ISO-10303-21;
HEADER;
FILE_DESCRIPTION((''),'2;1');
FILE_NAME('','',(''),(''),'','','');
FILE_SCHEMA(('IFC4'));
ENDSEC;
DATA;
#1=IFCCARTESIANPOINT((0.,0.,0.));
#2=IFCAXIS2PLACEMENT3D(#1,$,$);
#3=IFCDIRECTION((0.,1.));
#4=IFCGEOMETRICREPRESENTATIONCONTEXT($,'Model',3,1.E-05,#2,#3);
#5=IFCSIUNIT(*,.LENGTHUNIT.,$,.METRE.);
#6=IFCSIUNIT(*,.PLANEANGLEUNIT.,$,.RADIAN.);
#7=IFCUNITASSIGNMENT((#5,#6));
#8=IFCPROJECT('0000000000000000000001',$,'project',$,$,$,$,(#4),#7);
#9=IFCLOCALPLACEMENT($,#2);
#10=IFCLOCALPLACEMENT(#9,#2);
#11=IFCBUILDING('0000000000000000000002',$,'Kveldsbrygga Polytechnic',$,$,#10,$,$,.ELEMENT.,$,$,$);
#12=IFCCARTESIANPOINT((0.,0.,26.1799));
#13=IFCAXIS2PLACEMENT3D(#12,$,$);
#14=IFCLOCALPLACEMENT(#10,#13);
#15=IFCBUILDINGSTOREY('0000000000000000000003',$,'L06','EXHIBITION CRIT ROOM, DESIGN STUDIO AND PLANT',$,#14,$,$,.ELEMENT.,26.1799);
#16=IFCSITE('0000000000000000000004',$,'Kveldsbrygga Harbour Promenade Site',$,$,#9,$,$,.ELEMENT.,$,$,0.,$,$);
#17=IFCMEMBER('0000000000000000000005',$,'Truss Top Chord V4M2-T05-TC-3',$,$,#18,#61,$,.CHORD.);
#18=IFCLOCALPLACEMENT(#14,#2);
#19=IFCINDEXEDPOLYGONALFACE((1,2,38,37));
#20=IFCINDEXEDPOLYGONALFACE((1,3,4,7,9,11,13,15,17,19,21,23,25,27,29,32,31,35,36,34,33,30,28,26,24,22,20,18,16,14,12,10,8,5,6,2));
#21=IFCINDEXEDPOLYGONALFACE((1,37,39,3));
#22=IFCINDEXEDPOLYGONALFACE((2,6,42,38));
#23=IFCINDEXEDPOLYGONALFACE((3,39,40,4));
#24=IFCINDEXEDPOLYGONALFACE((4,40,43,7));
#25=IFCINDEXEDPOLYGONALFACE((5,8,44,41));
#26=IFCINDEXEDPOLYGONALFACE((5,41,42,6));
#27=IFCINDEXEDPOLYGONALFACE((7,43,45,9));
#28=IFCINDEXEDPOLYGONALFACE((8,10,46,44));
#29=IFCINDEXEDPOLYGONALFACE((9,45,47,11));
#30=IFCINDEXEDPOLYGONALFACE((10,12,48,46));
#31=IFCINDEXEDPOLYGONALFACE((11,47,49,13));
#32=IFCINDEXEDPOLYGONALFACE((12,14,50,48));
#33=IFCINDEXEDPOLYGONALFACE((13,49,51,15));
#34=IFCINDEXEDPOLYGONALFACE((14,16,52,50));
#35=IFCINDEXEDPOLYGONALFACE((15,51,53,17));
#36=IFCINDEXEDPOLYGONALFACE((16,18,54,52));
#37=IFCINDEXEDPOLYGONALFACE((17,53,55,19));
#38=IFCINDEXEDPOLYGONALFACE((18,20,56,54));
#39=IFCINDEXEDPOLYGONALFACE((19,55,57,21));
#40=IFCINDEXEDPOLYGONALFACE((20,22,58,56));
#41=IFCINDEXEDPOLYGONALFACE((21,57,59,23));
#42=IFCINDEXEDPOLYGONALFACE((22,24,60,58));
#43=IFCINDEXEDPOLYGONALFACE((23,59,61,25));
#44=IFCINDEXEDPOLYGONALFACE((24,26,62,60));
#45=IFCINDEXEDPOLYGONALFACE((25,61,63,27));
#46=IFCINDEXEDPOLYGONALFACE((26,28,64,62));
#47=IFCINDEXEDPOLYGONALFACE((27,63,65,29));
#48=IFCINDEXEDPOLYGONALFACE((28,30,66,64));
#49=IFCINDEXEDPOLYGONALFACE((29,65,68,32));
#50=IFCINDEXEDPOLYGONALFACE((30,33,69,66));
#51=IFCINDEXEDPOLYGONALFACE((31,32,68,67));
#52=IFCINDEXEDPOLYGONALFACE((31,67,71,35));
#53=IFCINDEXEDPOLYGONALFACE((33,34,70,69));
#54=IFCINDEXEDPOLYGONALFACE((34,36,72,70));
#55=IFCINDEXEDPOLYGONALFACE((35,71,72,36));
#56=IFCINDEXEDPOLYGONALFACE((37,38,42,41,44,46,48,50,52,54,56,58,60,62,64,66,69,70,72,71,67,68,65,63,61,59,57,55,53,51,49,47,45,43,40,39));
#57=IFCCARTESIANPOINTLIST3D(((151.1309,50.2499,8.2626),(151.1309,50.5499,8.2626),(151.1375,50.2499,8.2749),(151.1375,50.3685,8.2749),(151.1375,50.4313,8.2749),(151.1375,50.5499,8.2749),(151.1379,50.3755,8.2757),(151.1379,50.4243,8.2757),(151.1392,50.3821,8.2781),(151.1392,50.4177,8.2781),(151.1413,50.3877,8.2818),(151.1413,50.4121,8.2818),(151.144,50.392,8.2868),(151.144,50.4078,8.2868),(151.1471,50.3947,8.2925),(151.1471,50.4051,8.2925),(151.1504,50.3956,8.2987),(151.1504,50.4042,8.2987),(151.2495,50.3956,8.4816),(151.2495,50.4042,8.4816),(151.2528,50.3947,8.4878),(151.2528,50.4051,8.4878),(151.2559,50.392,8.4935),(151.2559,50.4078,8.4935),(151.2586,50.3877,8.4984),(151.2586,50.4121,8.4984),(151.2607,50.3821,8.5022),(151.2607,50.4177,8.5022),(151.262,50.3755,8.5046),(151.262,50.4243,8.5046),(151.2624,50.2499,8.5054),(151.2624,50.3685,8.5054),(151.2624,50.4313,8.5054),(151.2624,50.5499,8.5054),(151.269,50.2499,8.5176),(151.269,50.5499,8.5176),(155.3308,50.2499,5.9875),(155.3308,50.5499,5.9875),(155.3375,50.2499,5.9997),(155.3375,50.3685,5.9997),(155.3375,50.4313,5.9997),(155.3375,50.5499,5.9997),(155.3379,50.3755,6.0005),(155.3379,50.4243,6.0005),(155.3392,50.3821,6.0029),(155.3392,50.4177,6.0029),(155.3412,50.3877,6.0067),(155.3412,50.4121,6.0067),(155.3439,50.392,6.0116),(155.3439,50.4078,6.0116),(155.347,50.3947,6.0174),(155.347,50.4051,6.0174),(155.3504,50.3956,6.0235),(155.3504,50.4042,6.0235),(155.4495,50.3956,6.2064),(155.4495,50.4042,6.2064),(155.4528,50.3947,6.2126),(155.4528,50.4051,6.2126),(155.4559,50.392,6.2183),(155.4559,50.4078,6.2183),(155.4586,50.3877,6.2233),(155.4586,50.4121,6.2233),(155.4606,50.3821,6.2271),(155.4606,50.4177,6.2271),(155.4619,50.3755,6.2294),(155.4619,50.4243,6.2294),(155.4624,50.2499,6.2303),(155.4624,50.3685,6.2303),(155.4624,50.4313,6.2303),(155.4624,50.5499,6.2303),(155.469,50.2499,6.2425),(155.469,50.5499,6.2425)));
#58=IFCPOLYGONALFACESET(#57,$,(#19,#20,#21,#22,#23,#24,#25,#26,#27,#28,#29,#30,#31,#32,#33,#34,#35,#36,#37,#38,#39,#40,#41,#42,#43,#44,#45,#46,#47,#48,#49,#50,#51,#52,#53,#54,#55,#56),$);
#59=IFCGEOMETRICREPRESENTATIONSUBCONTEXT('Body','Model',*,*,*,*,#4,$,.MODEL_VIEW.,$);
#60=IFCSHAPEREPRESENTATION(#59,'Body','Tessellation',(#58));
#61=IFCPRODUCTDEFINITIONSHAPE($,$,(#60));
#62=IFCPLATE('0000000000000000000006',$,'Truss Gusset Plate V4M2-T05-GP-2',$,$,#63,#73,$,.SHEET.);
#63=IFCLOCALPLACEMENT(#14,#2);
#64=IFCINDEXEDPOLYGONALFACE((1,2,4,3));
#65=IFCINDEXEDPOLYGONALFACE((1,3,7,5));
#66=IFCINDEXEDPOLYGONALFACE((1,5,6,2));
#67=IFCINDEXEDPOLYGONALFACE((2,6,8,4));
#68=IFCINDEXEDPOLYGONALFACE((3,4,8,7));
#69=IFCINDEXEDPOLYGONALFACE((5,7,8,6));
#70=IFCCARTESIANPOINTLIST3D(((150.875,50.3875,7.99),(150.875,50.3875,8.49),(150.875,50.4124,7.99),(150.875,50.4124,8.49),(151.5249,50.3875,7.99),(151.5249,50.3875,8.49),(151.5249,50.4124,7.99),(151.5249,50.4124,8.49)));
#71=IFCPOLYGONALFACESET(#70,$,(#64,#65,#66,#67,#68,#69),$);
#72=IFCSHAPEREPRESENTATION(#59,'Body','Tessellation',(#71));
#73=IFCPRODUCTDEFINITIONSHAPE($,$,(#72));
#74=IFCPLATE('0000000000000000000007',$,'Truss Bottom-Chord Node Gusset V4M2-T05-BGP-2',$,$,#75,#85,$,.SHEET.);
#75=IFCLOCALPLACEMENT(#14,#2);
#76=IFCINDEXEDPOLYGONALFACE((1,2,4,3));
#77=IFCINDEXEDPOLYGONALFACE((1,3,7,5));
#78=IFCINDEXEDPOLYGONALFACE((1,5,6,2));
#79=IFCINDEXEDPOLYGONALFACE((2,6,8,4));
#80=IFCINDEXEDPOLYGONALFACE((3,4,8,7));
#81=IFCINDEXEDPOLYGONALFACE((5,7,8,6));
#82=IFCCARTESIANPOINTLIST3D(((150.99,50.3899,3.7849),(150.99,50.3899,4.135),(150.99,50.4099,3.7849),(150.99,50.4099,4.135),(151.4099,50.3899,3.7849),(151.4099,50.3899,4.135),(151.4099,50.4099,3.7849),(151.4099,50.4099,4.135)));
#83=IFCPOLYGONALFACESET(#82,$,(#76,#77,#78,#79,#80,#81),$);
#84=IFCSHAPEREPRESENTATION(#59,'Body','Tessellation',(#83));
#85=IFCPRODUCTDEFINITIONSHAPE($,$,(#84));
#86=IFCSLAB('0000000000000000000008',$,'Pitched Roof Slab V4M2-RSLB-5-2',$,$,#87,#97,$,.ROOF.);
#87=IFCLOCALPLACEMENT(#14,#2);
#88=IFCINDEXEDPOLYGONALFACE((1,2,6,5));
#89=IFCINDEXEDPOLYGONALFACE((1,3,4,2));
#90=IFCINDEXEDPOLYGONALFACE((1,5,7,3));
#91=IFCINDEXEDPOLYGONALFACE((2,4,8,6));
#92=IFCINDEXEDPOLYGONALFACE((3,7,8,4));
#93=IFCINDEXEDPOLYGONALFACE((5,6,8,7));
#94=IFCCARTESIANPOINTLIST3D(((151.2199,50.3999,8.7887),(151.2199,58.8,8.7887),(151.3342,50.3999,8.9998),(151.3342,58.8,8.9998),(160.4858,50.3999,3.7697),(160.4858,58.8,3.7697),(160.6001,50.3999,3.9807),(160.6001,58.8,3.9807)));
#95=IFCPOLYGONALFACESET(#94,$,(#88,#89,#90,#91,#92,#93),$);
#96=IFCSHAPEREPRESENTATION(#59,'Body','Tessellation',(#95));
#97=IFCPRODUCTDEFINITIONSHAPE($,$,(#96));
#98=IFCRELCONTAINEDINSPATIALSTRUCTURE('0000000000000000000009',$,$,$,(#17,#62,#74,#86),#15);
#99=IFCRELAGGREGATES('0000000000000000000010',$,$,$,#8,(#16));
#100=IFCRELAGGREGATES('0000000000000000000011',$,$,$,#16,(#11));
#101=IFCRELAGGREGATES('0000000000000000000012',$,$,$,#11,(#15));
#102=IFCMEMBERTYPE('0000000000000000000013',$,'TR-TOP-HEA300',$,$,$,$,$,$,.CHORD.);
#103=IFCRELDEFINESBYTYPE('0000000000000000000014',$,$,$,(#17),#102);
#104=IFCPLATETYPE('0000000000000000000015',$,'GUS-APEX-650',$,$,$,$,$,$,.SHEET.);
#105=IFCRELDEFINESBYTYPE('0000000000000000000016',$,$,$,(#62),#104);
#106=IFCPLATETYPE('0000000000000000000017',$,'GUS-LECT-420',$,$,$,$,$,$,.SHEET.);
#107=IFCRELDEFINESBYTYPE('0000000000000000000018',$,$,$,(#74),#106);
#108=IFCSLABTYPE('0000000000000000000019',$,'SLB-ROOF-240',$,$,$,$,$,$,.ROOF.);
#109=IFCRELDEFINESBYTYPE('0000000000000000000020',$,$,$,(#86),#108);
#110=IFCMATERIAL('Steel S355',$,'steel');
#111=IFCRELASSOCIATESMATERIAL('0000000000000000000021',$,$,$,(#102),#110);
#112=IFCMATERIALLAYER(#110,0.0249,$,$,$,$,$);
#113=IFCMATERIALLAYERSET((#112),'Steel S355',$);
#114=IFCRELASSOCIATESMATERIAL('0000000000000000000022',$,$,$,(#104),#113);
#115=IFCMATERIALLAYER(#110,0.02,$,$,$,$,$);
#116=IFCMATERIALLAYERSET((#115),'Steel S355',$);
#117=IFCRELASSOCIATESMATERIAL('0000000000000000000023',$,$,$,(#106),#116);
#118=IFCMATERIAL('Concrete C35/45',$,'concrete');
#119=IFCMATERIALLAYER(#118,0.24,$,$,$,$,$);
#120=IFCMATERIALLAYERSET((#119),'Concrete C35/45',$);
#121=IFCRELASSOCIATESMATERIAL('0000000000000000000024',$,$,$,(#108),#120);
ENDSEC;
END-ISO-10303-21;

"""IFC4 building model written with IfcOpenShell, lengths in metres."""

from ifc_helpers import new_model, si_unit, direction, frame, origin, origin_2d, place, context, subcontext, project, spatial, polyline, rectangle, i_section, outline, extrude, material, layer, layer_set, material_profile, profile_set, type_object, element, save


model = new_model("IFC4")

# Units and contexts
model_context = context("Model", 3, precision=1e-05, world=origin(), true_north=direction((0.0, 1.0)))
body_context = subcontext(model_context, "Body", "Model", "MODEL_VIEW")
ifc_project = project(units=[si_unit("LENGTHUNIT", "METRE"), si_unit("PLANEANGLEUNIT", "RADIAN")], contexts=[model_context])

# Site, building, storey
site_placement = place(None, origin())
site = spatial("IfcSite", under=ifc_project, at=site_placement, Name="Kveldsbrygga Harbour Promenade Site", CompositionType="ELEMENT", RefElevation=0.0)
building_placement = place(site_placement, origin())
building = spatial("IfcBuilding", under=site, at=building_placement, Name="Kveldsbrygga Polytechnic", CompositionType="ELEMENT")
storey_placement = place(building_placement, frame((0.0, 0.0, 26.1799)))
storey = spatial("IfcBuildingStorey", under=building, at=storey_placement, Name="L06", Description="EXHIBITION CRIT ROOM, DESIGN STUDIO AND PLANT", CompositionType="ELEMENT", Elevation=26.1799)

# Shared definitions
ifc_material_1 = material(Name="Steel S355", Category="steel")

# Member
ifc_material_profile_1 = material_profile(ifc_material_1, i_section(OverallWidth=0.3, OverallDepth=0.29, WebThickness=0.0085, FlangeThickness=0.0139, FilletRadius=0.0271, at=origin_2d()), Name="HEA 300")
ifc_profile_set_1 = profile_set([ifc_material_profile_1], Name="Steel S355")
member_type_1 = type_object("IfcMemberType", Name="TR-TOP-HEA300", PredefinedType="CHORD", material=ifc_profile_set_1)
member_1_placement = place(storey_placement, frame((151.2, 50.3999, 8.3901), z_axis=(0.879277, 0.0, -0.476311), x_axis=(0.0, 1.0, 0.0)))
element("IfcMember", 1, at=member_1_placement, inside=storey, type_object=member_type_1, Name="Truss Top Chord V4M2-T05-TC-3", PredefinedType="CHORD", context=body_context, shape_type="SweptSolid", body=[
    extrude(i_section(OverallWidth=0.3, OverallDepth=0.29, WebThickness=0.0085, FlangeThickness=0.0139, FilletRadius=0.0271, at=origin_2d()), origin(), (0.0, 0.0, 1.0), 4.7766),
])

# Plates
ifc_layer_1 = layer(ifc_material_1, 0.0249)
ifc_layer_set_1 = layer_set([ifc_layer_1], Name="Steel S355")
plate_type_1 = type_object("IfcPlateType", Name="GUS-APEX-650", PredefinedType="SHEET", material=ifc_layer_set_1)
plate_1_placement = place(storey_placement, frame((151.2, 50.3999, 7.99), z_axis=(0.0, 0.0, 1.0), x_axis=(1.0, 0.0, 0.0)))
element("IfcPlate", 2, at=plate_1_placement, inside=storey, type_object=plate_type_1, Name="Truss Gusset Plate V4M2-T05-GP-2", PredefinedType="SHEET", context=body_context, shape_type="SweptSolid", body=[
    extrude(rectangle(XDim=0.6499, YDim=0.0249, at=origin_2d()), origin(), (0.0, 0.0, 1.0), 0.5),
])
ifc_layer_2 = layer(ifc_material_1, 0.02)
ifc_layer_set_2 = layer_set([ifc_layer_2], Name="Steel S355")
plate_type_2 = type_object("IfcPlateType", Name="GUS-LECT-420", PredefinedType="SHEET", material=ifc_layer_set_2)
plate_2_placement = place(storey_placement, frame((151.2, 50.3999, 3.7849), z_axis=(0.0, 0.0, 1.0), x_axis=(1.0, 0.0, 0.0)))
element("IfcPlate", 3, at=plate_2_placement, inside=storey, type_object=plate_type_2, Name="Truss Bottom-Chord Node Gusset V4M2-T05-BGP-2", PredefinedType="SHEET", context=body_context, shape_type="SweptSolid", body=[
    extrude(rectangle(XDim=0.4199, YDim=0.02, at=origin_2d()), origin(), (0.0, 0.0, 1.0), 0.3501),
])

# Slab
ifc_material_2 = material(Name="Concrete C35/45", Category="concrete")
ifc_layer_3 = layer(ifc_material_2, 0.24)
ifc_layer_set_3 = layer_set([ifc_layer_3], Name="Concrete C35/45")
slab_type = type_object("IfcSlabType", Name="SLB-ROOF-240", PredefinedType="ROOF", material=ifc_layer_set_3)
slab_placement = place(storey_placement, frame((151.3342, 50.3999, 8.9998), z_axis=(0.476285, 0.0, 0.879291), x_axis=(0.879291, 0.0, -0.476285)))
element("IfcSlab", 4, at=slab_placement, inside=storey, type_object=slab_type, Name="Pitched Roof Slab V4M2-RSLB-5-2", PredefinedType="ROOF", context=body_context, shape_type="SweptSolid", body=[
    extrude(outline(polyline([(0.0, 0.0), (10.5379, 0.0), (10.5379, 8.4001), (0.0, 8.4001), (0.0, 0.0)])), origin(), (0.0, 0.0, -1.0), 0.24),
])

save(model, "model.ifc")
